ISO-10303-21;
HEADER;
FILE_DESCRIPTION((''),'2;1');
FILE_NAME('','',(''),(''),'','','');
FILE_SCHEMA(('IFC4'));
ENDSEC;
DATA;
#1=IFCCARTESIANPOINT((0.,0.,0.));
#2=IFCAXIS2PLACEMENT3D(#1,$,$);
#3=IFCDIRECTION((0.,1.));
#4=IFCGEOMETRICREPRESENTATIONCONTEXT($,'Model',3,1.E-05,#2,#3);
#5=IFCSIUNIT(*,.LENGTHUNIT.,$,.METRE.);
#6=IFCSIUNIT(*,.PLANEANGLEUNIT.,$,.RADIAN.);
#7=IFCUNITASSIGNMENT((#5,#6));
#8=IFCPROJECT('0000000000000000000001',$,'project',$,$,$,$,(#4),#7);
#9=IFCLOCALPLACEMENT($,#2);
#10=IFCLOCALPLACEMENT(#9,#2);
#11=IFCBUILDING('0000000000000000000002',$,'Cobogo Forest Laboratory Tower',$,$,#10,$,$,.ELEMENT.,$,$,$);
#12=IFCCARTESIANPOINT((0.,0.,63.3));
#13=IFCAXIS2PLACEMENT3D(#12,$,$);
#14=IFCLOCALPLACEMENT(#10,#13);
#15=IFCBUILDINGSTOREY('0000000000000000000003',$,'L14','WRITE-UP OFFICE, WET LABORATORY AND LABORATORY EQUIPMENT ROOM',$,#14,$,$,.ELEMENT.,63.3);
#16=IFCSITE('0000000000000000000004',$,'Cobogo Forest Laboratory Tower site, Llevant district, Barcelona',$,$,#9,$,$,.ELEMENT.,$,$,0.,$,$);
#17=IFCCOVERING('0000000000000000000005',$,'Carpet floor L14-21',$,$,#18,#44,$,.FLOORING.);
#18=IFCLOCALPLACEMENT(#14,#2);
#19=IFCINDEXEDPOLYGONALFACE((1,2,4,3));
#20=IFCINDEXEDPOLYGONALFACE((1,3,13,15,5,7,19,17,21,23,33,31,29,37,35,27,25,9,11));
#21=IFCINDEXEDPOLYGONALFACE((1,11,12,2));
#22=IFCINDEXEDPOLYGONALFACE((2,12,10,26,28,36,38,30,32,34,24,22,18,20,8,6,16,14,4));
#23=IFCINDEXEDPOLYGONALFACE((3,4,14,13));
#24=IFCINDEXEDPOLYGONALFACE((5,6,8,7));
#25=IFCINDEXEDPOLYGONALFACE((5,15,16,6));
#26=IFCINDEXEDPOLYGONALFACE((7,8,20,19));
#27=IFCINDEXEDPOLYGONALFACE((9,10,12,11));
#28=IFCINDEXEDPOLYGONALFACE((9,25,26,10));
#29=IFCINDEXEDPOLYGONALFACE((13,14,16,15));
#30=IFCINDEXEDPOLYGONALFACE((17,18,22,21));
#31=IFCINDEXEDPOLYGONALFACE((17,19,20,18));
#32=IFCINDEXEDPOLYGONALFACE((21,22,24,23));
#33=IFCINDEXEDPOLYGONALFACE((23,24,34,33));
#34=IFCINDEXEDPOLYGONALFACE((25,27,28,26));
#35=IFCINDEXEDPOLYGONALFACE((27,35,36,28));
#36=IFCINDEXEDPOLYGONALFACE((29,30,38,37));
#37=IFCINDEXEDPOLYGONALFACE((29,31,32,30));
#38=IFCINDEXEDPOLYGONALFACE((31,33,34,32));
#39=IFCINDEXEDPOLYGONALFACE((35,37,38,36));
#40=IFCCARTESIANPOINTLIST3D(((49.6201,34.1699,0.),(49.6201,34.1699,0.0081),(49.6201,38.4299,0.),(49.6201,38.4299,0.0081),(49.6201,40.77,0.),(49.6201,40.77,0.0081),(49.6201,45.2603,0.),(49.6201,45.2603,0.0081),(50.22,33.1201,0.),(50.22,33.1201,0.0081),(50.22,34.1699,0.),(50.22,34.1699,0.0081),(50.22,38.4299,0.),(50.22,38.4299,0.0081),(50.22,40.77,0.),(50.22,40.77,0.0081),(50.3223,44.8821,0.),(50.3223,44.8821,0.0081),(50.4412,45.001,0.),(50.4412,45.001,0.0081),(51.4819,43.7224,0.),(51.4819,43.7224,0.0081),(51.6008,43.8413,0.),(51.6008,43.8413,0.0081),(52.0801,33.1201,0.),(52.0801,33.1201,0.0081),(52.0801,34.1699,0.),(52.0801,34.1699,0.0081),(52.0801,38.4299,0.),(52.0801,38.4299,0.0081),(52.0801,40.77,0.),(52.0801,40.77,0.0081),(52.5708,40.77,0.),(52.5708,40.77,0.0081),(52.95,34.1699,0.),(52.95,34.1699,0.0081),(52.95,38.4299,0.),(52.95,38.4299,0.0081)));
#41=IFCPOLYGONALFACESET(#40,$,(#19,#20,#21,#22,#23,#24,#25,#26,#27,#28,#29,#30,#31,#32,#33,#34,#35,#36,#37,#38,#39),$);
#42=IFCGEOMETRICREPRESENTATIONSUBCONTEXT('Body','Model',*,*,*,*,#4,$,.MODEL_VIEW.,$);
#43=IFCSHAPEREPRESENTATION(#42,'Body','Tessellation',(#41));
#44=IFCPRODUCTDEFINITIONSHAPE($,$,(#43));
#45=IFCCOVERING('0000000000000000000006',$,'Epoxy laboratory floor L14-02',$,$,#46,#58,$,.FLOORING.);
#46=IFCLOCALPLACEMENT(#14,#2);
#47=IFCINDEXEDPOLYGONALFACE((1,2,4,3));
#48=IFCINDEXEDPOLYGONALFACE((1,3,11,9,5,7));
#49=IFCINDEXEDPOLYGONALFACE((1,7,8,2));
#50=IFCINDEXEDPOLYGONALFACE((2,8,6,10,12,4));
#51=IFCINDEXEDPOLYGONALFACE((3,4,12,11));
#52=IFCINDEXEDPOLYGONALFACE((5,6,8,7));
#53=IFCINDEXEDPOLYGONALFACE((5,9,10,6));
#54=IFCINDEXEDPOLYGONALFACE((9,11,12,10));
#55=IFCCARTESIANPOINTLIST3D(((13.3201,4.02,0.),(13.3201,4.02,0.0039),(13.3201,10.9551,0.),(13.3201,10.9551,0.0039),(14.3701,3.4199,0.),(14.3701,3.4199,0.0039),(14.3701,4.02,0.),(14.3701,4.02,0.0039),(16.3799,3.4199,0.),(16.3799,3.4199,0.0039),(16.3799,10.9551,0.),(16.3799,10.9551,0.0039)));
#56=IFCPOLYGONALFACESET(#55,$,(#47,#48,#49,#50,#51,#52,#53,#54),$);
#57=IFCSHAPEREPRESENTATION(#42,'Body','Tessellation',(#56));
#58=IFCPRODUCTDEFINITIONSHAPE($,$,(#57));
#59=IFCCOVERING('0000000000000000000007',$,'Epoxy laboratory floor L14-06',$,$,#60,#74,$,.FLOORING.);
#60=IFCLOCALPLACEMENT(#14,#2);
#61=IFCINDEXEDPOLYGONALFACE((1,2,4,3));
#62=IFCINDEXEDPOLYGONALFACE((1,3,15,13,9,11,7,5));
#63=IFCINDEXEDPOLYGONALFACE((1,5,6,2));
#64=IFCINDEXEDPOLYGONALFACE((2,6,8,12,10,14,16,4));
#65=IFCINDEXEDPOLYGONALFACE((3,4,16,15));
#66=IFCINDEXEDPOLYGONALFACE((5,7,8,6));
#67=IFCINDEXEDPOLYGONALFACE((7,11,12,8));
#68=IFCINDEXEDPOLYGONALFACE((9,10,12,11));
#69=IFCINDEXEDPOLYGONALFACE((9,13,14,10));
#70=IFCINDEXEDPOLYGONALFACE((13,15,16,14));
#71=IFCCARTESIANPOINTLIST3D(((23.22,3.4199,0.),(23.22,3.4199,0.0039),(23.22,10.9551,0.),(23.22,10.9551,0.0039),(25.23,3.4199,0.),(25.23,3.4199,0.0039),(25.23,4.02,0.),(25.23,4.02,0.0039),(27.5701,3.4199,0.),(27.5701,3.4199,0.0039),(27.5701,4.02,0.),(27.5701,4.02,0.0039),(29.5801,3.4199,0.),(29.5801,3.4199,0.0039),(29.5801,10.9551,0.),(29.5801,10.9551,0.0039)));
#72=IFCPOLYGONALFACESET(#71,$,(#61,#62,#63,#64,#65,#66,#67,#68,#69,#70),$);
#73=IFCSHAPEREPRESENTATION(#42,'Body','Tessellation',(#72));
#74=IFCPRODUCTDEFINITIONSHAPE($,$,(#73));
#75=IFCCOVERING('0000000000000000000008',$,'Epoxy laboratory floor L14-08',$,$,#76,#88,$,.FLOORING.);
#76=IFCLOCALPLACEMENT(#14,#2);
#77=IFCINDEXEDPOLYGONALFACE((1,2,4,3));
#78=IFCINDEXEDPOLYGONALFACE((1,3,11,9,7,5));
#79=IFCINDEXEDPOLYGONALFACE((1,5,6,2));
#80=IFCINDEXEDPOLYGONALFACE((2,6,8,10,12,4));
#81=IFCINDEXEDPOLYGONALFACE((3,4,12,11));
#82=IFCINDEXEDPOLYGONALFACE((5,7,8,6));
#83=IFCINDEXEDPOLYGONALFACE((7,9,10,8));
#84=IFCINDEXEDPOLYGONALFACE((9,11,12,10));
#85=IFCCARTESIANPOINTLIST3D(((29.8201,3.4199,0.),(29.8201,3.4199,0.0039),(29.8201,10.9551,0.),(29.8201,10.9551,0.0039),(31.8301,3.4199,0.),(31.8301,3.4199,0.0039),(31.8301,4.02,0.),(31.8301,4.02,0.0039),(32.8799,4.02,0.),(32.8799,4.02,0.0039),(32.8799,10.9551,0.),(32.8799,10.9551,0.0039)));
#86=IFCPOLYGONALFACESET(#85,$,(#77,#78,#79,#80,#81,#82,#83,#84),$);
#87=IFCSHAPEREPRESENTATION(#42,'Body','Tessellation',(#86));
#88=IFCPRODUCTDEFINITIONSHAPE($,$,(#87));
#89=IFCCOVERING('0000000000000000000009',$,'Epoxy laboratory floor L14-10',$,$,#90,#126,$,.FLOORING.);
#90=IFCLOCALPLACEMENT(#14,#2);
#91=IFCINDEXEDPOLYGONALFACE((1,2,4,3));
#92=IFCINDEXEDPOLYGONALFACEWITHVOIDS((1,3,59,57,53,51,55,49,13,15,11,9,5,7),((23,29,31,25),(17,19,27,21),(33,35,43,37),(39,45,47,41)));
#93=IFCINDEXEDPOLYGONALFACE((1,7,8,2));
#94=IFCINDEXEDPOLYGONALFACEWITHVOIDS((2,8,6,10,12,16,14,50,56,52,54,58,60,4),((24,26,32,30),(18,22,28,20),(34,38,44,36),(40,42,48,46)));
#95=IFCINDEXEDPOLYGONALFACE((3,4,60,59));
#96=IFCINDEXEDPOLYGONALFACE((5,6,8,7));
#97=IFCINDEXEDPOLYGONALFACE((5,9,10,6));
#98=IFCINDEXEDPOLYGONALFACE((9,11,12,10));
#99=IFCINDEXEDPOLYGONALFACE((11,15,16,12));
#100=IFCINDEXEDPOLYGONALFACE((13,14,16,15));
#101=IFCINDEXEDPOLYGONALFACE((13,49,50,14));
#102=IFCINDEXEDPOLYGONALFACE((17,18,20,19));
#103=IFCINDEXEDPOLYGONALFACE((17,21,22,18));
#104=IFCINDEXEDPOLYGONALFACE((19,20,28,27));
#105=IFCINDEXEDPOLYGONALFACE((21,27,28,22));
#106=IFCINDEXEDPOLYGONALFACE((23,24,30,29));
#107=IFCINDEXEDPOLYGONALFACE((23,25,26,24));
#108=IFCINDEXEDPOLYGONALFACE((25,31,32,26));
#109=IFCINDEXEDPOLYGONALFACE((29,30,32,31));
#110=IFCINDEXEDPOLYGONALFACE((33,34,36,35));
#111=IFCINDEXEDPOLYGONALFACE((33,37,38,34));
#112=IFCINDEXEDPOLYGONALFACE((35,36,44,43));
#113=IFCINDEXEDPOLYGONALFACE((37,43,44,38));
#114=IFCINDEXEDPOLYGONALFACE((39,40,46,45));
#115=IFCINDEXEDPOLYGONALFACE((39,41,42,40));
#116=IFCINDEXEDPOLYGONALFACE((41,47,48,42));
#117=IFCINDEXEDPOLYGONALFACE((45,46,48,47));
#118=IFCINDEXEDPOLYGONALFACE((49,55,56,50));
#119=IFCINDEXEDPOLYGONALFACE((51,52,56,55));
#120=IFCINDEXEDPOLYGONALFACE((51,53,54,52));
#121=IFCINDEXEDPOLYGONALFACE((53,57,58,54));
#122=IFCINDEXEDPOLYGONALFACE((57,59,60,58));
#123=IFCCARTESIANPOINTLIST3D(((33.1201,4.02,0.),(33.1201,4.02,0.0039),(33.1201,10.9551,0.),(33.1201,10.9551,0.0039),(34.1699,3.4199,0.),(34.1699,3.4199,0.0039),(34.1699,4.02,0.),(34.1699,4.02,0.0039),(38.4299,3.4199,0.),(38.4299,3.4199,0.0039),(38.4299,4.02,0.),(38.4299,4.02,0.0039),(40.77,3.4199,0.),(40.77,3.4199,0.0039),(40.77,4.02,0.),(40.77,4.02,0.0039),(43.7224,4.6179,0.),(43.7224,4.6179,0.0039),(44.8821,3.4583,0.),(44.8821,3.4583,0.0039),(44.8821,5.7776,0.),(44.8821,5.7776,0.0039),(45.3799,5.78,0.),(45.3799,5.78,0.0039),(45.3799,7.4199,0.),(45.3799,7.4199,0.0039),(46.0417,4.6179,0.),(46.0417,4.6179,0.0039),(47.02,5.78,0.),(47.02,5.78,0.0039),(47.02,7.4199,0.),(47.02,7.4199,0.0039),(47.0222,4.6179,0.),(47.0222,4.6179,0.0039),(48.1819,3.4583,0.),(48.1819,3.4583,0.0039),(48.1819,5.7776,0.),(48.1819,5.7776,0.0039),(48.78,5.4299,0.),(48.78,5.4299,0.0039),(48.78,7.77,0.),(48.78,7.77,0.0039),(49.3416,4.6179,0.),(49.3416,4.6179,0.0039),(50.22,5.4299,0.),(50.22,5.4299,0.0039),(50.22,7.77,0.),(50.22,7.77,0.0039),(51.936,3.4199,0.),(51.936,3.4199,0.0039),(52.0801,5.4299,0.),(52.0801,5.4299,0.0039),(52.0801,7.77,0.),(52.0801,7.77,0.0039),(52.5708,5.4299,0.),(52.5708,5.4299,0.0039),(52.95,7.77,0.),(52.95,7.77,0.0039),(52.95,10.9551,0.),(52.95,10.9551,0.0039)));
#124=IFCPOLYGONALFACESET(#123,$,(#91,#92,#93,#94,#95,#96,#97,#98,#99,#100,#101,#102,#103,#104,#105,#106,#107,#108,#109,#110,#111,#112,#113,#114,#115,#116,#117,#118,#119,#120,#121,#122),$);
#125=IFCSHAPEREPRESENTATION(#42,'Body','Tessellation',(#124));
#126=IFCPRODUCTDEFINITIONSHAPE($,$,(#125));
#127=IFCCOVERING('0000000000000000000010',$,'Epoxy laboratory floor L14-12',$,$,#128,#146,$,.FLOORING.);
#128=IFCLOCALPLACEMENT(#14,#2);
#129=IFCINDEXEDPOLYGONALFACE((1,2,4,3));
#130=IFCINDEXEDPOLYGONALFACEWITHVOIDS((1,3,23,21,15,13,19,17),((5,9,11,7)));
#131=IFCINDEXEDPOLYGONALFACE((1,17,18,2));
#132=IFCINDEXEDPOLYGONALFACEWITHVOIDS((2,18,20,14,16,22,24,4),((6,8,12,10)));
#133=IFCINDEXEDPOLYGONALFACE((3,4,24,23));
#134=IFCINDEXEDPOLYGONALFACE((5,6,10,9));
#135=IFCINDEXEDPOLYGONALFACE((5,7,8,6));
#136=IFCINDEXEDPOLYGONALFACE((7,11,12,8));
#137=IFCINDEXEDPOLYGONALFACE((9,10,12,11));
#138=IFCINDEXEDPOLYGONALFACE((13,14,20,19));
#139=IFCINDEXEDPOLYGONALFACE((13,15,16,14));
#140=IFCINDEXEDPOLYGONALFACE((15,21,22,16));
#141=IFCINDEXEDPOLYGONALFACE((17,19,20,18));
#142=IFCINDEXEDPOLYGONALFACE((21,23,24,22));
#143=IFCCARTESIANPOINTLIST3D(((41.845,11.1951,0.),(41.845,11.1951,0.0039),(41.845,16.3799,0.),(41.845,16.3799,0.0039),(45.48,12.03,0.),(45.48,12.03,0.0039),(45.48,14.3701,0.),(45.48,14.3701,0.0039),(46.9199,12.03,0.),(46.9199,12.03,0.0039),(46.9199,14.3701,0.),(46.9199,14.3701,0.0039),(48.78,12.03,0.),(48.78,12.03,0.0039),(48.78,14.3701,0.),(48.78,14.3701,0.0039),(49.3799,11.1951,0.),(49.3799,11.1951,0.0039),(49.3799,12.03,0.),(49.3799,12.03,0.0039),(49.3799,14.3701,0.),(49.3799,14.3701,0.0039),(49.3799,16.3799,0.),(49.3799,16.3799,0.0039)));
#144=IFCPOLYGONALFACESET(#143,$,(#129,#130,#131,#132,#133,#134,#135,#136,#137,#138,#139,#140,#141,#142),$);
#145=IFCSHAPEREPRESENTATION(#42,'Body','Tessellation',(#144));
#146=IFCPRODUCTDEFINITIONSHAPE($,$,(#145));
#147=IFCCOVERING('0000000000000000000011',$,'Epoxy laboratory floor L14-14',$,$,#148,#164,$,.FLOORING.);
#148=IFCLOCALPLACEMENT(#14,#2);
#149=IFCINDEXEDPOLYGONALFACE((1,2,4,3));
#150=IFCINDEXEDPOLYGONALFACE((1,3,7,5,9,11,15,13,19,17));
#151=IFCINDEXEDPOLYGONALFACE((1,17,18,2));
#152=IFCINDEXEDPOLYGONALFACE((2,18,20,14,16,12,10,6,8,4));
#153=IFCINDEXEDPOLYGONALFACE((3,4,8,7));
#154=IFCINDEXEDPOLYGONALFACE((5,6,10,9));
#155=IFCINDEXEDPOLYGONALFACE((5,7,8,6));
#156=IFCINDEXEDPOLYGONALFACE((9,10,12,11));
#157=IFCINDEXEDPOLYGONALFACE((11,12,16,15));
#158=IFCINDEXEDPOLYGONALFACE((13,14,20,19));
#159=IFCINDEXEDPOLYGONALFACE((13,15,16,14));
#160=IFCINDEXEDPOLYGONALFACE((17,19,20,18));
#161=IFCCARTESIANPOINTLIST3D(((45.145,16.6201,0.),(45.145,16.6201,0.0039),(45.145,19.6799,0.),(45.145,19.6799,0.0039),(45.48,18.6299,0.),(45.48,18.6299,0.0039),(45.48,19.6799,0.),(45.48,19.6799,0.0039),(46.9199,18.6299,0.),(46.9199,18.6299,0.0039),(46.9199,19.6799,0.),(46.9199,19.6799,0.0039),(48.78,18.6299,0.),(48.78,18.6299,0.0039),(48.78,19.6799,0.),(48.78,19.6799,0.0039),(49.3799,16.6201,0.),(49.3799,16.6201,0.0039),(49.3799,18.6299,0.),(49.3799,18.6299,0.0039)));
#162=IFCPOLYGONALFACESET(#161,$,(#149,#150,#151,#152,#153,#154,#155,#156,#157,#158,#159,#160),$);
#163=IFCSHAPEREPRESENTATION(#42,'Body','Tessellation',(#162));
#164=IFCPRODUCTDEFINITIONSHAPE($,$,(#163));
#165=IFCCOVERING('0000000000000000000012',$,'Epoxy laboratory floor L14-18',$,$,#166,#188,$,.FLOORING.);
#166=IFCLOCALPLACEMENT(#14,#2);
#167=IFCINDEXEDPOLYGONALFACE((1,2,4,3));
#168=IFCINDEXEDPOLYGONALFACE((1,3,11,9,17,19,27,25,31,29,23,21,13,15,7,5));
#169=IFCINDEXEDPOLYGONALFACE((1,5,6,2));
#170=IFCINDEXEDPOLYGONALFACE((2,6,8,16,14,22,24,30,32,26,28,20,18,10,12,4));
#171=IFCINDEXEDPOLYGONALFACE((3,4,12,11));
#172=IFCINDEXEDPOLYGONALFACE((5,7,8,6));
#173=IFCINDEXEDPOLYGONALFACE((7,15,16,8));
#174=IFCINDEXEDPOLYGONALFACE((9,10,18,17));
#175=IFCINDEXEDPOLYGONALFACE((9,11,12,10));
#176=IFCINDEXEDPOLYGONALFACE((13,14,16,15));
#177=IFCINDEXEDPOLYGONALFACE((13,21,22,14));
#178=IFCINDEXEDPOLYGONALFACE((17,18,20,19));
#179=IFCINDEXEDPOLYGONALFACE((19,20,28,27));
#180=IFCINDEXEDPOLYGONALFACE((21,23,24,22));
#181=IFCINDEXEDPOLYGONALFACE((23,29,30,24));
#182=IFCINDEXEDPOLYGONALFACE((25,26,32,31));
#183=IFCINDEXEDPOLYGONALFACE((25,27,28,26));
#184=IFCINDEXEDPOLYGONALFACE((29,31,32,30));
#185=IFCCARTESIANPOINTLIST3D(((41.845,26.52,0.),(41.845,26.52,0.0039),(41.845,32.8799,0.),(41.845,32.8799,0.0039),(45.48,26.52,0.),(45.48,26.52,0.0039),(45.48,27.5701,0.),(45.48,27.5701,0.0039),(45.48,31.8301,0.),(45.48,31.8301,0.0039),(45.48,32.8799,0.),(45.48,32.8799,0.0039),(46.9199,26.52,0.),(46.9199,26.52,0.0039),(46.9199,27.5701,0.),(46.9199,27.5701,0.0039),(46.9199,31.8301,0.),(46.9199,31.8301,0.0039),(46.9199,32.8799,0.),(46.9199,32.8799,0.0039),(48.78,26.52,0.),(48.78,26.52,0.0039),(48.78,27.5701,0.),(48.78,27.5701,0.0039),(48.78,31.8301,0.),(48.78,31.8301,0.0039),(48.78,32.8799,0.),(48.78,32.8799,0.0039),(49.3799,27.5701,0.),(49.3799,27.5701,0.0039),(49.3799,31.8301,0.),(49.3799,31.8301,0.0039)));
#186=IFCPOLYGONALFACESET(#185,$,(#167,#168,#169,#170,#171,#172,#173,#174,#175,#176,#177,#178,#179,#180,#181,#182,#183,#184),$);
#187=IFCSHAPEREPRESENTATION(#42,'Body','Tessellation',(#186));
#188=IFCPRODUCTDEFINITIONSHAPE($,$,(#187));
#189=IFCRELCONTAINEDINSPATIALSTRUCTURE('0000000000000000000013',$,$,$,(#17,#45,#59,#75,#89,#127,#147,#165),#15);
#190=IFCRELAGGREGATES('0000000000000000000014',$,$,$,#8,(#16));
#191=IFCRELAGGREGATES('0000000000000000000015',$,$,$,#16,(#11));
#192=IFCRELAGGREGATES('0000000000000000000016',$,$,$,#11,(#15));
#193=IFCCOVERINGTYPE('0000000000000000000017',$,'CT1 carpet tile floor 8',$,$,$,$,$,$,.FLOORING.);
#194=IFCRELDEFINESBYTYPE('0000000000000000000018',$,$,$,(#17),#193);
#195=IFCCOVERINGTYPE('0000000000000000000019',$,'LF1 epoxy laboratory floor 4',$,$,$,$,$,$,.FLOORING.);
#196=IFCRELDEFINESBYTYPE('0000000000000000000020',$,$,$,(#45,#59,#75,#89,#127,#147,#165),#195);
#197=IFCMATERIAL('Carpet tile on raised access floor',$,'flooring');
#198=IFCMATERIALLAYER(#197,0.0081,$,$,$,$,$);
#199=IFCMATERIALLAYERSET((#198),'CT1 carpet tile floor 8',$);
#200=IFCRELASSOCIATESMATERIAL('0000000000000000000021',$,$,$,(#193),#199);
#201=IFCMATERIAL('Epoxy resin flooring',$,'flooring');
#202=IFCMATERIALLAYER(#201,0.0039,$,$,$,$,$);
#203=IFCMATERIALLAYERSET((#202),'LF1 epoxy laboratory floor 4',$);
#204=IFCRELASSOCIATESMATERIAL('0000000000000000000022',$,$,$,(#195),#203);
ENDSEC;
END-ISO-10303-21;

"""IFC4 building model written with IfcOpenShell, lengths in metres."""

from ifc_helpers import new_model, si_unit, direction, frame, origin, place, context, subcontext, project, spatial, polyline, outline, extrude, material, layer, layer_set, type_object, element, save


model = new_model("IFC4")

# Units and contexts
model_context = context("Model", 3, precision=1e-05, world=origin(), true_north=direction((0.0, 1.0)))
body_context = subcontext(model_context, "Body", "Model", "MODEL_VIEW")
ifc_project = project(units=[si_unit("LENGTHUNIT", "METRE"), si_unit("PLANEANGLEUNIT", "RADIAN")], contexts=[model_context])

# Site, building, storey
site_placement = place(None, origin())
site = spatial("IfcSite", under=ifc_project, at=site_placement, Name="Cobogo Forest Laboratory Tower site, Llevant district, Barcelona", CompositionType="ELEMENT", RefElevation=0.0)
building_placement = place(site_placement, origin())
building = spatial("IfcBuilding", under=site, at=building_placement, Name="Cobogo Forest Laboratory Tower", CompositionType="ELEMENT")
storey_placement = place(building_placement, frame((0.0, 0.0, 63.3)))
storey = spatial("IfcBuildingStorey", under=building, at=storey_placement, Name="L14", Description="WRITE-UP OFFICE, WET LABORATORY AND LABORATORY EQUIPMENT ROOM", CompositionType="ELEMENT", Elevation=63.3)

# Coverings
ifc_material_1 = material(Name="Carpet tile on raised access floor", Category="flooring")
ifc_layer_1 = layer(ifc_material_1, 0.0081)
ifc_layer_set_1 = layer_set([ifc_layer_1], Name="CT1 carpet tile floor 8")
covering_type_1 = type_object("IfcCoveringType", Name="CT1 carpet tile floor 8", PredefinedType="FLOORING", material=ifc_layer_set_1)
covering_1_placement = place(storey_placement, origin())
element("IfcCovering", 1, at=covering_1_placement, inside=storey, type_object=covering_type_1, Name="Carpet floor L14-21", PredefinedType="FLOORING", context=body_context, shape_type="SweptSolid", body=[
    extrude(outline(polyline([(49.6201, 38.4299), (50.22, 38.4299), (50.22, 40.77), (49.6201, 40.77), (49.6201, 45.2603), (50.4412, 45.001), (50.3223, 44.8821), (51.4819, 43.7224), (51.6008, 43.8413), (52.5708, 40.77), (52.0801, 40.77), (52.0801, 38.4299), (52.95, 38.4299), (52.95, 34.1699), (52.0801, 34.1699), (52.0801, 33.1201), (50.22, 33.1201), (50.22, 34.1699), (49.6201, 34.1699), (49.6201, 38.4299)])), origin(), (0.0, 0.0, 1.0), 0.0081),
])
ifc_material_2 = material(Name="Epoxy resin flooring", Category="flooring")
ifc_layer_2 = layer(ifc_material_2, 0.0039)
ifc_layer_set_2 = layer_set([ifc_layer_2], Name="LF1 epoxy laboratory floor 4")
covering_type_2 = type_object("IfcCoveringType", Name="LF1 epoxy laboratory floor 4", PredefinedType="FLOORING", material=ifc_layer_set_2)
covering_2_placement = place(storey_placement, origin())
element("IfcCovering", 2, at=covering_2_placement, inside=storey, type_object=covering_type_2, Name="Epoxy laboratory floor L14-02", PredefinedType="FLOORING", context=body_context, shape_type="SweptSolid", body=[
    extrude(outline(polyline([(13.3201, 10.9551), (16.3799, 10.9551), (16.3799, 3.4199), (14.3701, 3.4199), (14.3701, 4.02), (13.3201, 4.02), (13.3201, 10.9551)])), origin(), (0.0, 0.0, 1.0), 0.0039),
])
covering_3_placement = place(storey_placement, origin())
element("IfcCovering", 3, at=covering_3_placement, inside=storey, type_object=covering_type_2, Name="Epoxy laboratory floor L14-06", PredefinedType="FLOORING", context=body_context, shape_type="SweptSolid", body=[
    extrude(outline(polyline([(23.22, 10.9551), (29.5801, 10.9551), (29.5801, 3.4199), (27.5701, 3.4199), (27.5701, 4.02), (25.23, 4.02), (25.23, 3.4199), (23.22, 3.4199), (23.22, 10.9551)])), origin(), (0.0, 0.0, 1.0), 0.0039),
])
covering_4_placement = place(storey_placement, origin())
element("IfcCovering", 4, at=covering_4_placement, inside=storey, type_object=covering_type_2, Name="Epoxy laboratory floor L14-08", PredefinedType="FLOORING", context=body_context, shape_type="SweptSolid", body=[
    extrude(outline(polyline([(29.8201, 10.9551), (32.8799, 10.9551), (32.8799, 4.02), (31.8301, 4.02), (31.8301, 3.4199), (29.8201, 3.4199), (29.8201, 10.9551)])), origin(), (0.0, 0.0, 1.0), 0.0039),
])
covering_5_placement = place(storey_placement, origin())
element("IfcCovering", 5, at=covering_5_placement, inside=storey, type_object=covering_type_2, Name="Epoxy laboratory floor L14-10", PredefinedType="FLOORING", context=body_context, shape_type="SweptSolid", body=[
    extrude(outline(polyline([(33.1201, 10.9551), (52.95, 10.9551), (52.95, 7.77), (52.0801, 7.77), (52.0801, 5.4299), (52.5708, 5.4299), (51.936, 3.4199), (40.77, 3.4199), (40.77, 4.02), (38.4299, 4.02), (38.4299, 3.4199), (34.1699, 3.4199), (34.1699, 4.02), (33.1201, 4.02), (33.1201, 10.9551)]), holes=[polyline([(48.78, 5.4299), (50.22, 5.4299), (50.22, 7.77), (48.78, 7.77), (48.78, 5.4299)]), polyline([(48.1819, 5.7776), (47.0222, 4.6179), (48.1819, 3.4583), (49.3416, 4.6179), (48.1819, 5.7776)]), polyline([(45.3799, 7.4199), (45.3799, 5.78), (47.02, 5.78), (47.02, 7.4199), (45.3799, 7.4199)]), polyline([(44.8821, 5.7776), (43.7224, 4.6179), (44.8821, 3.4583), (46.0417, 4.6179), (44.8821, 5.7776)])]), origin(), (0.0, 0.0, 1.0), 0.0039),
])
covering_6_placement = place(storey_placement, origin())
element("IfcCovering", 6, at=covering_6_placement, inside=storey, type_object=covering_type_2, Name="Epoxy laboratory floor L14-12", PredefinedType="FLOORING", context=body_context, shape_type="SweptSolid", body=[
    extrude(outline(polyline([(41.845, 16.3799), (49.3799, 16.3799), (49.3799, 14.3701), (48.78, 14.3701), (48.78, 12.03), (49.3799, 12.03), (49.3799, 11.1951), (41.845, 11.1951), (41.845, 16.3799)]), holes=[polyline([(45.48, 12.03), (46.9199, 12.03), (46.9199, 14.3701), (45.48, 14.3701), (45.48, 12.03)])]), origin(), (0.0, 0.0, 1.0), 0.0039),
])
covering_7_placement = place(storey_placement, origin())
element("IfcCovering", 7, at=covering_7_placement, inside=storey, type_object=covering_type_2, Name="Epoxy laboratory floor L14-14", PredefinedType="FLOORING", context=body_context, shape_type="SweptSolid", body=[
    extrude(outline(polyline([(45.145, 19.6799), (45.48, 19.6799), (45.48, 18.6299), (46.9199, 18.6299), (46.9199, 19.6799), (48.78, 19.6799), (48.78, 18.6299), (49.3799, 18.6299), (49.3799, 16.6201), (45.145, 16.6201), (45.145, 19.6799)])), origin(), (0.0, 0.0, 1.0), 0.0039),
])
covering_8_placement = place(storey_placement, origin())
element("IfcCovering", 8, at=covering_8_placement, inside=storey, type_object=covering_type_2, Name="Epoxy laboratory floor L14-18", PredefinedType="FLOORING", context=body_context, shape_type="SweptSolid", body=[
    extrude(outline(polyline([(41.845, 32.8799), (45.48, 32.8799), (45.48, 31.8301), (46.9199, 31.8301), (46.9199, 32.8799), (48.78, 32.8799), (48.78, 31.8301), (49.3799, 31.8301), (49.3799, 27.5701), (48.78, 27.5701), (48.78, 26.52), (46.9199, 26.52), (46.9199, 27.5701), (45.48, 27.5701), (45.48, 26.52), (41.845, 26.52), (41.845, 32.8799)])), origin(), (0.0, 0.0, 1.0), 0.0039),
])

save(model, "model.ifc")
